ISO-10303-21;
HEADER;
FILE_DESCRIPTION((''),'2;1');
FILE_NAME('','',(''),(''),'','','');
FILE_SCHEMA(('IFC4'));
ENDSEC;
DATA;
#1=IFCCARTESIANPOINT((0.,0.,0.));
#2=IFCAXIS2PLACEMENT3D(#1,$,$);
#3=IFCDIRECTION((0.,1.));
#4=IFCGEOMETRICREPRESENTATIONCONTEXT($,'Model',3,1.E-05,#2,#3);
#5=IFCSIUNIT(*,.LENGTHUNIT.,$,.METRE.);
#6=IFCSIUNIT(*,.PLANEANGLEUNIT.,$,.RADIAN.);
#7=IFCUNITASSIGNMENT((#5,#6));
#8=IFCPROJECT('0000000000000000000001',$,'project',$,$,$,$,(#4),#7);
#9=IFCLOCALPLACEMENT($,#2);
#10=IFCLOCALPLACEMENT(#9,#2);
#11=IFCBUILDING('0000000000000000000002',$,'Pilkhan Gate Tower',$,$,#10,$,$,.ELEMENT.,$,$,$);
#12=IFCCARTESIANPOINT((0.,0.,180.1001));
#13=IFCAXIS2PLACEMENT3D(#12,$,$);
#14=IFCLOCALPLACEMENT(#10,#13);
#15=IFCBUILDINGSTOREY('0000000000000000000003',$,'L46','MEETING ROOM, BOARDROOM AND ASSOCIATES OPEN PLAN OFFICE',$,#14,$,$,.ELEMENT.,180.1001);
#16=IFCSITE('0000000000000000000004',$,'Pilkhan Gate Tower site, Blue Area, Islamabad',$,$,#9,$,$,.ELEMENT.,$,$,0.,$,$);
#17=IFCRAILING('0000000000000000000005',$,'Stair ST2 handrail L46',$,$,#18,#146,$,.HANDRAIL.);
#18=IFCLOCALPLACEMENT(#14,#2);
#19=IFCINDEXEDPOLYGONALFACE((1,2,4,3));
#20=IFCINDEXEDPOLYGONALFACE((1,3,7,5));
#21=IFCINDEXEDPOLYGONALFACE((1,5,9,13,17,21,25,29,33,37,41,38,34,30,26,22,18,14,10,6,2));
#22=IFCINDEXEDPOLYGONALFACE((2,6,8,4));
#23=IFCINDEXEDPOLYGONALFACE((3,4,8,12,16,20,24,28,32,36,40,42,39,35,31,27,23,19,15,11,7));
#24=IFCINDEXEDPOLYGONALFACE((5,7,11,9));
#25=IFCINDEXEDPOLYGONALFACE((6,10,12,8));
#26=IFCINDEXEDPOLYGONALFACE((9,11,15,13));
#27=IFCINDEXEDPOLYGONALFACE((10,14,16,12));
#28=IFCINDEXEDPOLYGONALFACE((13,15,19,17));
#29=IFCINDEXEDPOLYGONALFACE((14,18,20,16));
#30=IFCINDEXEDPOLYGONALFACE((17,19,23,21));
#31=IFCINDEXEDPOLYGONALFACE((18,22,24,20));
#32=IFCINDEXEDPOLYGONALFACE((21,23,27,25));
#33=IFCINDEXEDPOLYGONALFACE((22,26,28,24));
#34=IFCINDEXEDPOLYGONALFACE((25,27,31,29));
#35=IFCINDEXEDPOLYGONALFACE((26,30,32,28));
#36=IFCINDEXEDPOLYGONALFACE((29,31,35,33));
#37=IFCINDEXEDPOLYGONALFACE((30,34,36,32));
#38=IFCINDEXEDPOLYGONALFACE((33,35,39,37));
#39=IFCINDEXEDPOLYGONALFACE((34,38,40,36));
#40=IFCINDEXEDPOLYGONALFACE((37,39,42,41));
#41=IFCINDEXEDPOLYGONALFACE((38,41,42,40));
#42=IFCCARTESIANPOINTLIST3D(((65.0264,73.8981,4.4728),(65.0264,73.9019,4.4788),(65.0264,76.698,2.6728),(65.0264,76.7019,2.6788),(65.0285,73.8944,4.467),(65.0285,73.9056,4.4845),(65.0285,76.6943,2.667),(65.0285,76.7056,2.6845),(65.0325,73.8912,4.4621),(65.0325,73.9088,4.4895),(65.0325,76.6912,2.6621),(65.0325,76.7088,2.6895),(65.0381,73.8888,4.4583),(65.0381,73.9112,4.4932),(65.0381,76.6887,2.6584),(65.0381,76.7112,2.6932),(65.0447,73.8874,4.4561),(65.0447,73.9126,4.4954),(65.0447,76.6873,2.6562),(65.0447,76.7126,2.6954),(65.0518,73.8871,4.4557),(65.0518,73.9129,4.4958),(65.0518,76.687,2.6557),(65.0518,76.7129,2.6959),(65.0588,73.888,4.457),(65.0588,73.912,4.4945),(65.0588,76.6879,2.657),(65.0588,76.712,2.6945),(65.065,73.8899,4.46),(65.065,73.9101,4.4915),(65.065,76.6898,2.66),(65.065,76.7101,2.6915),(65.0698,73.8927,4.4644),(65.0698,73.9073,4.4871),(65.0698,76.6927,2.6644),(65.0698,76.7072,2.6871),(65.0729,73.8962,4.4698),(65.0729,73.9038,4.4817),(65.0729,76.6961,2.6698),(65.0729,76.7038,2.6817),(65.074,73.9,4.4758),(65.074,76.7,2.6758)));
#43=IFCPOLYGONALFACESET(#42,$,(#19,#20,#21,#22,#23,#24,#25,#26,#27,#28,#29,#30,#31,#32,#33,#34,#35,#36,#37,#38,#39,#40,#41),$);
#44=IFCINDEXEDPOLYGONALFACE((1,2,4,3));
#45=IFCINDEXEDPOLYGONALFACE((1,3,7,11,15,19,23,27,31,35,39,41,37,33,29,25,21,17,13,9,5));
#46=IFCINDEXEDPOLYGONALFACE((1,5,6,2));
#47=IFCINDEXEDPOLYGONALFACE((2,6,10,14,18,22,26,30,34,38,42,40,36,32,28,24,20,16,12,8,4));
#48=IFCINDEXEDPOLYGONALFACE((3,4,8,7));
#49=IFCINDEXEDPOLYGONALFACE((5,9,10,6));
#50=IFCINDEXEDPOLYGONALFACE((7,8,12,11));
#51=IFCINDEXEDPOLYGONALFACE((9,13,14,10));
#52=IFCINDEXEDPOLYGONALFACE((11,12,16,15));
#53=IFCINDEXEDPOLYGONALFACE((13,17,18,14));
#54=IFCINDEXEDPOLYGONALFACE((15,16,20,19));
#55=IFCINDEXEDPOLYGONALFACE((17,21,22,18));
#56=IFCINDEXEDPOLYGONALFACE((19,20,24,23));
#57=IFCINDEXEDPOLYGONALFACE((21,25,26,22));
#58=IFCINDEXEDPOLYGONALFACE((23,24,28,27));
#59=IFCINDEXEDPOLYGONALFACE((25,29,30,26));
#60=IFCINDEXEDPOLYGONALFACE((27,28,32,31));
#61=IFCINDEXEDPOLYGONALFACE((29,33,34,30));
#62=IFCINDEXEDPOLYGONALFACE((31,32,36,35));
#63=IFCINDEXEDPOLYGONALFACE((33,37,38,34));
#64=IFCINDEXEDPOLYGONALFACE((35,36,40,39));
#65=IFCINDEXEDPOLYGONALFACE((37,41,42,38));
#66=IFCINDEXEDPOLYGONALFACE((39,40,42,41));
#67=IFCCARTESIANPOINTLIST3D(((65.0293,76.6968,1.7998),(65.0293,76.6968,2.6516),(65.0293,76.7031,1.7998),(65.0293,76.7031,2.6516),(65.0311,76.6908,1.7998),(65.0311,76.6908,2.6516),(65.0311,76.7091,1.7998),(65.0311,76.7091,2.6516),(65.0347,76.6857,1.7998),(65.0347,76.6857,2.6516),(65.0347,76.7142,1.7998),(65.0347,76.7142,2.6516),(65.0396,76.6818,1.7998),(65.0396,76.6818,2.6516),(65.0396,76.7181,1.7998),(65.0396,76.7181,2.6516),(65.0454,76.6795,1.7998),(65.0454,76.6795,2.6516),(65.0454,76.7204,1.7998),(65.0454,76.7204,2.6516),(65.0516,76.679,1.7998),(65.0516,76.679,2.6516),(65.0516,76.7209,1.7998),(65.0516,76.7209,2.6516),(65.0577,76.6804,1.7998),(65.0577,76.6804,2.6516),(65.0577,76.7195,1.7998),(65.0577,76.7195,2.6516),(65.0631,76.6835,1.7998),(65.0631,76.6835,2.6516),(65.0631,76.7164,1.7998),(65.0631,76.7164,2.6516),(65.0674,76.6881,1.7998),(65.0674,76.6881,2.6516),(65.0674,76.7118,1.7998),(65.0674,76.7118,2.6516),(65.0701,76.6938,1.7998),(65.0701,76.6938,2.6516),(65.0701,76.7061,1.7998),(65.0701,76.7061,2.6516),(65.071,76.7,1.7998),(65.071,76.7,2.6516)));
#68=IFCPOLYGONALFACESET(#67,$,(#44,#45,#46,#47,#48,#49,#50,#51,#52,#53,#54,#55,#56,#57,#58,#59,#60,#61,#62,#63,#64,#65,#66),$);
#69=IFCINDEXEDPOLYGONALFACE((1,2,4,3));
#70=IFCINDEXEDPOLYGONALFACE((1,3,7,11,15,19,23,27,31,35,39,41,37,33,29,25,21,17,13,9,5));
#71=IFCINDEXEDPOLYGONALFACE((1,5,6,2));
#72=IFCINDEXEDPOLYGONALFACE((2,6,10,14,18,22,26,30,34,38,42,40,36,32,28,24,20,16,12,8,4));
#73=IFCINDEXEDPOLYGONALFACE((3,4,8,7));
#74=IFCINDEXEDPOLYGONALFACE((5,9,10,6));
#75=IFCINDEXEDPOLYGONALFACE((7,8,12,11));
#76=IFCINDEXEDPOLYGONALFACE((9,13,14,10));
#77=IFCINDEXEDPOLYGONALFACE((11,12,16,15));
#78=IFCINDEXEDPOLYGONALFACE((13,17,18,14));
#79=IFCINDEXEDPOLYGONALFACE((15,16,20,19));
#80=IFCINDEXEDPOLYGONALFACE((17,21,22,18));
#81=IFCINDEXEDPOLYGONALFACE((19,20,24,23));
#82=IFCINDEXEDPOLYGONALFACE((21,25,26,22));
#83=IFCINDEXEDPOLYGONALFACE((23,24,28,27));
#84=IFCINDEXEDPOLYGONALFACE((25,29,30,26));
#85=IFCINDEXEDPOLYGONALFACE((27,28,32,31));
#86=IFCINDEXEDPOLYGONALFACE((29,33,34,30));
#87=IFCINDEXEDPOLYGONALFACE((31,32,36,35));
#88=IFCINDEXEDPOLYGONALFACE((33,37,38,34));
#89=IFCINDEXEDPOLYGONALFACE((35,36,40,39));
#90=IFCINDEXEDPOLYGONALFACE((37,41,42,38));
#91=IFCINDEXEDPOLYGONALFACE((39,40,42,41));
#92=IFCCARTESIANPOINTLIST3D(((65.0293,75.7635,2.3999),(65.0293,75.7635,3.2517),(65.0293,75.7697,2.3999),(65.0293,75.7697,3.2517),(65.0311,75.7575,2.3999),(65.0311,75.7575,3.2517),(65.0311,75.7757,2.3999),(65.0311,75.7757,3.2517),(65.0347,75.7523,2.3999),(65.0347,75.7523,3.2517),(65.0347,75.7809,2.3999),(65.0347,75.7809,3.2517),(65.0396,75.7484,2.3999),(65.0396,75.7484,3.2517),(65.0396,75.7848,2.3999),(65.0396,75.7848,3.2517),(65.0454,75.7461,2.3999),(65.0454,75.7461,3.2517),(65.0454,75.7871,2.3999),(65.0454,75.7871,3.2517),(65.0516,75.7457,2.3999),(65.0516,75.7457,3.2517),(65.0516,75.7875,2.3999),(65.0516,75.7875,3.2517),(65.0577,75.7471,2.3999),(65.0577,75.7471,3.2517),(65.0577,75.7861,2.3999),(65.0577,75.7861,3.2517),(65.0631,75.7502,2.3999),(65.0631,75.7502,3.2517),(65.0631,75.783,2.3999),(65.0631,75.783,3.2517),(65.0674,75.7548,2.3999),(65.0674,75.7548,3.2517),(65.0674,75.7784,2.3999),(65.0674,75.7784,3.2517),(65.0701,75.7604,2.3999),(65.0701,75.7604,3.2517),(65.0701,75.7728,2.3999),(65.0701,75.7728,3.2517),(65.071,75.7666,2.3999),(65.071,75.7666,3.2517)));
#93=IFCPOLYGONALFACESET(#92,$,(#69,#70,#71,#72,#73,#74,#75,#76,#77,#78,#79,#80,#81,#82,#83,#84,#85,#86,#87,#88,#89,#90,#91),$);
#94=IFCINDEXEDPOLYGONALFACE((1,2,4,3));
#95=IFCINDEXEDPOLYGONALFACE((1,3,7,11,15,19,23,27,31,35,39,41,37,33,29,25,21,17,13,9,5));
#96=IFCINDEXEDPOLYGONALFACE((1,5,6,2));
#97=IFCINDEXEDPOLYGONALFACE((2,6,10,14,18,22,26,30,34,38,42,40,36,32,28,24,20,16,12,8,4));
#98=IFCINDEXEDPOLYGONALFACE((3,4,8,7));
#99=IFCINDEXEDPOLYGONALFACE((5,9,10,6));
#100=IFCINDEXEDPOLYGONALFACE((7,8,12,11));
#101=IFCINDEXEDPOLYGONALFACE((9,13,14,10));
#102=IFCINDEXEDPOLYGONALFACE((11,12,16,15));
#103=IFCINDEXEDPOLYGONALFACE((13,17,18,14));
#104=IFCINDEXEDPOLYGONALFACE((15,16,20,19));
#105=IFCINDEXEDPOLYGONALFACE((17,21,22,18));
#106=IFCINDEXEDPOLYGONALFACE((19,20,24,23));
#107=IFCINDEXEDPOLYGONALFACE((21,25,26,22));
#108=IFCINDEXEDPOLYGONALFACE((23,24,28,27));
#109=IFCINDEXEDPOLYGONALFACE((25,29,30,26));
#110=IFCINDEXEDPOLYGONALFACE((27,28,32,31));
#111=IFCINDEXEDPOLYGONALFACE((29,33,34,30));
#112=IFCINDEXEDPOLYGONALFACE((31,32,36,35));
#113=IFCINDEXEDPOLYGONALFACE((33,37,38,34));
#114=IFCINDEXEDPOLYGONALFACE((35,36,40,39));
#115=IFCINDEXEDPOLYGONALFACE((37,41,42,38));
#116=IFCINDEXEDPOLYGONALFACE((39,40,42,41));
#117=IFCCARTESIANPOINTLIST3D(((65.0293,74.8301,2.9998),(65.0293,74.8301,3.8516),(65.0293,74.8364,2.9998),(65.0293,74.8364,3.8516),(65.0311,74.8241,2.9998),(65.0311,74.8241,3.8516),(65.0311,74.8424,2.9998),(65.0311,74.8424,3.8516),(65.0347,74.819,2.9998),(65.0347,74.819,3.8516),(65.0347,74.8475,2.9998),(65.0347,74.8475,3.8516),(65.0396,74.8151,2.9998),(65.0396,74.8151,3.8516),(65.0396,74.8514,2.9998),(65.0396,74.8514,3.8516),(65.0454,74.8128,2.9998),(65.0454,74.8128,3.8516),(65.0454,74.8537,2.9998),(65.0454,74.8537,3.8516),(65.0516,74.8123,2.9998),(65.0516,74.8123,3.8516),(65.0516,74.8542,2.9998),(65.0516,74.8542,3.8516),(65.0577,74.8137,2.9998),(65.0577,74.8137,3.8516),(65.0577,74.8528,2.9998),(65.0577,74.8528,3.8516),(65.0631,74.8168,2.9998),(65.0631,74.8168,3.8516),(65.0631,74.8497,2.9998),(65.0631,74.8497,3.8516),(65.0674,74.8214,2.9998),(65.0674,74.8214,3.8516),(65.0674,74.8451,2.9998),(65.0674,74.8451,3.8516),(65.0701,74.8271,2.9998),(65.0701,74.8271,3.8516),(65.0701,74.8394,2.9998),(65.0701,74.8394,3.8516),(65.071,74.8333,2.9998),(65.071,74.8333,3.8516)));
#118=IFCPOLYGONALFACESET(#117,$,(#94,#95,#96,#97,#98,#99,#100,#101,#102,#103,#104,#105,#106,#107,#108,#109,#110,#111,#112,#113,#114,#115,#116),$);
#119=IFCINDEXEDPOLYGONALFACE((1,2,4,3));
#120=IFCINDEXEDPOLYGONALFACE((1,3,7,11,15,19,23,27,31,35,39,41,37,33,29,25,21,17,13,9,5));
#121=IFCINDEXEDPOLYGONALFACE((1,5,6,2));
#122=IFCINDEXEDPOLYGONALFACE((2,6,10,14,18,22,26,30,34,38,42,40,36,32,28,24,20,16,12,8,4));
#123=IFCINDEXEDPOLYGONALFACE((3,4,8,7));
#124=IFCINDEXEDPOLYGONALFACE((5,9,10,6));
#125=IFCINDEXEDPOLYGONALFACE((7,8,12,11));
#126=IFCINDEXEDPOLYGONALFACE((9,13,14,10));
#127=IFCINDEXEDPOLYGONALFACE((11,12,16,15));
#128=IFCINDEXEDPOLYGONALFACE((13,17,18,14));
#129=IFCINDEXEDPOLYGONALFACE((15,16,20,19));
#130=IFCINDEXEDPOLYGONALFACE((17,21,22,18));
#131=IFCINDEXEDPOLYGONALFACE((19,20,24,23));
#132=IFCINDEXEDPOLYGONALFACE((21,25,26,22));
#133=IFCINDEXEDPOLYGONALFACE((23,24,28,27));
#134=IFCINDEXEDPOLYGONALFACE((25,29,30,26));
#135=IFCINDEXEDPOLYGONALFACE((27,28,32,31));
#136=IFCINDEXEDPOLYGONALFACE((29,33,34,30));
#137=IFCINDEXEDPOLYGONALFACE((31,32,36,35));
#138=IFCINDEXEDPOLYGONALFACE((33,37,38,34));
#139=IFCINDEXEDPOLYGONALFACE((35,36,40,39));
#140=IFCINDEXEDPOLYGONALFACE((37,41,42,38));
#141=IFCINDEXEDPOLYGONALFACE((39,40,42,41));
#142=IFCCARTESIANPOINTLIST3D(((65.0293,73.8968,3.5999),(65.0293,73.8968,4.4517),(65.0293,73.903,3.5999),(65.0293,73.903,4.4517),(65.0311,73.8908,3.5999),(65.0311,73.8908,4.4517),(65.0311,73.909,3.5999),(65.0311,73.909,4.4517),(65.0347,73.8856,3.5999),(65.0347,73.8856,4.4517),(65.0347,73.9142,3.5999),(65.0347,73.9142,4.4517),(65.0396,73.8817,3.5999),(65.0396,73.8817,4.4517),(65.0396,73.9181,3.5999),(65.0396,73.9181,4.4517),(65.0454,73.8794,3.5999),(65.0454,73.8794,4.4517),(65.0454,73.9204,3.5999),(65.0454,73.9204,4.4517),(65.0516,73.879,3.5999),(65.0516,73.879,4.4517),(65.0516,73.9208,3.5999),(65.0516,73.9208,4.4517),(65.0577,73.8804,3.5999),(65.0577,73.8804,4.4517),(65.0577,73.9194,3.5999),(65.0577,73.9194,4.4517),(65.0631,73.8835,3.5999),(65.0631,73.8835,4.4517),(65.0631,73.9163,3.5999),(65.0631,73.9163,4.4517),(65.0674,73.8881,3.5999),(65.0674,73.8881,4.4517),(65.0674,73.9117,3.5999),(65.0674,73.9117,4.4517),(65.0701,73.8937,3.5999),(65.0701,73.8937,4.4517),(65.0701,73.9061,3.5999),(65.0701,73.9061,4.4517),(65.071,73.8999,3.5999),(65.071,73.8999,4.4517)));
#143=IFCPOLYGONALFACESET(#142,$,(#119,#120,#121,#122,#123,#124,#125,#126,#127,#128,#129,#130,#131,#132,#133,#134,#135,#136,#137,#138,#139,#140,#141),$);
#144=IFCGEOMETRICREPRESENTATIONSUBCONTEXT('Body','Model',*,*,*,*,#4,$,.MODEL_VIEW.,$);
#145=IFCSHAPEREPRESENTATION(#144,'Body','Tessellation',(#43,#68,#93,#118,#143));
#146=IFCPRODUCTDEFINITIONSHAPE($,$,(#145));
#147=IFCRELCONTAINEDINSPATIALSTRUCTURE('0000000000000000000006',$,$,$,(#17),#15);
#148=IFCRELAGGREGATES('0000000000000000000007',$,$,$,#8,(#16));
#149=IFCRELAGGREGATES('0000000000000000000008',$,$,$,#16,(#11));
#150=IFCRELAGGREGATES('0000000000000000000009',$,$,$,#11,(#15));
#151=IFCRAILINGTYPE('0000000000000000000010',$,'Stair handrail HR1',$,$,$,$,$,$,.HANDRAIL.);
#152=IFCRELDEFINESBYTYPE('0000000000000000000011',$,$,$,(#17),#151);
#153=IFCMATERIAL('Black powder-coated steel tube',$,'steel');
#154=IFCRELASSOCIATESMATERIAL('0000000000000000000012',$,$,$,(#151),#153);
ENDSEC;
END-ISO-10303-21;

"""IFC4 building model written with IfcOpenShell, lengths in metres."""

from ifc_helpers import new_model, si_unit, direction, frame, origin, origin_2d, place, context, subcontext, project, spatial, circle, extrude, material, type_object, element, save


model = new_model("IFC4")

# Units and contexts
model_context = context("Model", 3, precision=1e-05, world=origin(), true_north=direction((0.0, 1.0)))
body_context = subcontext(model_context, "Body", "Model", "MODEL_VIEW")
ifc_project = project(units=[si_unit("LENGTHUNIT", "METRE"), si_unit("PLANEANGLEUNIT", "RADIAN")], contexts=[model_context])

# Site, building, storey
site_placement = place(None, origin())
site = spatial("IfcSite", under=ifc_project, at=site_placement, Name="Pilkhan Gate Tower site, Blue Area, Islamabad", CompositionType="ELEMENT", RefElevation=0.0)
building_placement = place(site_placement, origin())
building = spatial("IfcBuilding", under=site, at=building_placement, Name="Pilkhan Gate Tower", CompositionType="ELEMENT")
storey_placement = place(building_placement, frame((0.0, 0.0, 180.1001)))
storey = spatial("IfcBuildingStorey", under=building, at=storey_placement, Name="L46", Description="MEETING ROOM, BOARDROOM AND ASSOCIATES OPEN PLAN OFFICE", CompositionType="ELEMENT", Elevation=180.1001)

# Railing
ifc_material_1 = material(Name="Black powder-coated steel tube", Category="steel")
railing_type_1 = type_object("IfcRailingType", Name="Stair handrail HR1", PredefinedType="HANDRAIL", material=ifc_material_1)
railing_1_placement = place(storey_placement, frame((65.05, 76.7, 1.7998)))
element("IfcRailing", 1, at=railing_1_placement, inside=storey, type_object=railing_type_1, Name="Stair ST2 handrail L46", PredefinedType="HANDRAIL", context=body_context, shape_type="SweptSolid", body=[
    extrude(circle(Radius=0.0239, at=origin_2d()), frame((0.0, 0.0, 0.876), z_axis=(0.0, -0.841176, 0.540761), x_axis=(1.0, 0.0, 0.0)), (0.0, 0.0, 1.0), 3.3286),
    extrude(circle(Radius=0.021, at=origin_2d()), origin(), (0.0, 0.0, 1.0), 0.8518),
    extrude(circle(Radius=0.021, at=origin_2d()), frame((0.0, -0.9333, 0.6001)), (0.0, 0.0, 1.0), 0.8518),
    extrude(circle(Radius=0.021, at=origin_2d()), frame((0.0, -1.8667, 1.2)), (0.0, 0.0, 1.0), 0.8518),
    extrude(circle(Radius=0.021, at=origin_2d()), frame((0.0, -2.8, 1.8)), (0.0, 0.0, 1.0), 0.8518),
])

save(model, "model.ifc")
